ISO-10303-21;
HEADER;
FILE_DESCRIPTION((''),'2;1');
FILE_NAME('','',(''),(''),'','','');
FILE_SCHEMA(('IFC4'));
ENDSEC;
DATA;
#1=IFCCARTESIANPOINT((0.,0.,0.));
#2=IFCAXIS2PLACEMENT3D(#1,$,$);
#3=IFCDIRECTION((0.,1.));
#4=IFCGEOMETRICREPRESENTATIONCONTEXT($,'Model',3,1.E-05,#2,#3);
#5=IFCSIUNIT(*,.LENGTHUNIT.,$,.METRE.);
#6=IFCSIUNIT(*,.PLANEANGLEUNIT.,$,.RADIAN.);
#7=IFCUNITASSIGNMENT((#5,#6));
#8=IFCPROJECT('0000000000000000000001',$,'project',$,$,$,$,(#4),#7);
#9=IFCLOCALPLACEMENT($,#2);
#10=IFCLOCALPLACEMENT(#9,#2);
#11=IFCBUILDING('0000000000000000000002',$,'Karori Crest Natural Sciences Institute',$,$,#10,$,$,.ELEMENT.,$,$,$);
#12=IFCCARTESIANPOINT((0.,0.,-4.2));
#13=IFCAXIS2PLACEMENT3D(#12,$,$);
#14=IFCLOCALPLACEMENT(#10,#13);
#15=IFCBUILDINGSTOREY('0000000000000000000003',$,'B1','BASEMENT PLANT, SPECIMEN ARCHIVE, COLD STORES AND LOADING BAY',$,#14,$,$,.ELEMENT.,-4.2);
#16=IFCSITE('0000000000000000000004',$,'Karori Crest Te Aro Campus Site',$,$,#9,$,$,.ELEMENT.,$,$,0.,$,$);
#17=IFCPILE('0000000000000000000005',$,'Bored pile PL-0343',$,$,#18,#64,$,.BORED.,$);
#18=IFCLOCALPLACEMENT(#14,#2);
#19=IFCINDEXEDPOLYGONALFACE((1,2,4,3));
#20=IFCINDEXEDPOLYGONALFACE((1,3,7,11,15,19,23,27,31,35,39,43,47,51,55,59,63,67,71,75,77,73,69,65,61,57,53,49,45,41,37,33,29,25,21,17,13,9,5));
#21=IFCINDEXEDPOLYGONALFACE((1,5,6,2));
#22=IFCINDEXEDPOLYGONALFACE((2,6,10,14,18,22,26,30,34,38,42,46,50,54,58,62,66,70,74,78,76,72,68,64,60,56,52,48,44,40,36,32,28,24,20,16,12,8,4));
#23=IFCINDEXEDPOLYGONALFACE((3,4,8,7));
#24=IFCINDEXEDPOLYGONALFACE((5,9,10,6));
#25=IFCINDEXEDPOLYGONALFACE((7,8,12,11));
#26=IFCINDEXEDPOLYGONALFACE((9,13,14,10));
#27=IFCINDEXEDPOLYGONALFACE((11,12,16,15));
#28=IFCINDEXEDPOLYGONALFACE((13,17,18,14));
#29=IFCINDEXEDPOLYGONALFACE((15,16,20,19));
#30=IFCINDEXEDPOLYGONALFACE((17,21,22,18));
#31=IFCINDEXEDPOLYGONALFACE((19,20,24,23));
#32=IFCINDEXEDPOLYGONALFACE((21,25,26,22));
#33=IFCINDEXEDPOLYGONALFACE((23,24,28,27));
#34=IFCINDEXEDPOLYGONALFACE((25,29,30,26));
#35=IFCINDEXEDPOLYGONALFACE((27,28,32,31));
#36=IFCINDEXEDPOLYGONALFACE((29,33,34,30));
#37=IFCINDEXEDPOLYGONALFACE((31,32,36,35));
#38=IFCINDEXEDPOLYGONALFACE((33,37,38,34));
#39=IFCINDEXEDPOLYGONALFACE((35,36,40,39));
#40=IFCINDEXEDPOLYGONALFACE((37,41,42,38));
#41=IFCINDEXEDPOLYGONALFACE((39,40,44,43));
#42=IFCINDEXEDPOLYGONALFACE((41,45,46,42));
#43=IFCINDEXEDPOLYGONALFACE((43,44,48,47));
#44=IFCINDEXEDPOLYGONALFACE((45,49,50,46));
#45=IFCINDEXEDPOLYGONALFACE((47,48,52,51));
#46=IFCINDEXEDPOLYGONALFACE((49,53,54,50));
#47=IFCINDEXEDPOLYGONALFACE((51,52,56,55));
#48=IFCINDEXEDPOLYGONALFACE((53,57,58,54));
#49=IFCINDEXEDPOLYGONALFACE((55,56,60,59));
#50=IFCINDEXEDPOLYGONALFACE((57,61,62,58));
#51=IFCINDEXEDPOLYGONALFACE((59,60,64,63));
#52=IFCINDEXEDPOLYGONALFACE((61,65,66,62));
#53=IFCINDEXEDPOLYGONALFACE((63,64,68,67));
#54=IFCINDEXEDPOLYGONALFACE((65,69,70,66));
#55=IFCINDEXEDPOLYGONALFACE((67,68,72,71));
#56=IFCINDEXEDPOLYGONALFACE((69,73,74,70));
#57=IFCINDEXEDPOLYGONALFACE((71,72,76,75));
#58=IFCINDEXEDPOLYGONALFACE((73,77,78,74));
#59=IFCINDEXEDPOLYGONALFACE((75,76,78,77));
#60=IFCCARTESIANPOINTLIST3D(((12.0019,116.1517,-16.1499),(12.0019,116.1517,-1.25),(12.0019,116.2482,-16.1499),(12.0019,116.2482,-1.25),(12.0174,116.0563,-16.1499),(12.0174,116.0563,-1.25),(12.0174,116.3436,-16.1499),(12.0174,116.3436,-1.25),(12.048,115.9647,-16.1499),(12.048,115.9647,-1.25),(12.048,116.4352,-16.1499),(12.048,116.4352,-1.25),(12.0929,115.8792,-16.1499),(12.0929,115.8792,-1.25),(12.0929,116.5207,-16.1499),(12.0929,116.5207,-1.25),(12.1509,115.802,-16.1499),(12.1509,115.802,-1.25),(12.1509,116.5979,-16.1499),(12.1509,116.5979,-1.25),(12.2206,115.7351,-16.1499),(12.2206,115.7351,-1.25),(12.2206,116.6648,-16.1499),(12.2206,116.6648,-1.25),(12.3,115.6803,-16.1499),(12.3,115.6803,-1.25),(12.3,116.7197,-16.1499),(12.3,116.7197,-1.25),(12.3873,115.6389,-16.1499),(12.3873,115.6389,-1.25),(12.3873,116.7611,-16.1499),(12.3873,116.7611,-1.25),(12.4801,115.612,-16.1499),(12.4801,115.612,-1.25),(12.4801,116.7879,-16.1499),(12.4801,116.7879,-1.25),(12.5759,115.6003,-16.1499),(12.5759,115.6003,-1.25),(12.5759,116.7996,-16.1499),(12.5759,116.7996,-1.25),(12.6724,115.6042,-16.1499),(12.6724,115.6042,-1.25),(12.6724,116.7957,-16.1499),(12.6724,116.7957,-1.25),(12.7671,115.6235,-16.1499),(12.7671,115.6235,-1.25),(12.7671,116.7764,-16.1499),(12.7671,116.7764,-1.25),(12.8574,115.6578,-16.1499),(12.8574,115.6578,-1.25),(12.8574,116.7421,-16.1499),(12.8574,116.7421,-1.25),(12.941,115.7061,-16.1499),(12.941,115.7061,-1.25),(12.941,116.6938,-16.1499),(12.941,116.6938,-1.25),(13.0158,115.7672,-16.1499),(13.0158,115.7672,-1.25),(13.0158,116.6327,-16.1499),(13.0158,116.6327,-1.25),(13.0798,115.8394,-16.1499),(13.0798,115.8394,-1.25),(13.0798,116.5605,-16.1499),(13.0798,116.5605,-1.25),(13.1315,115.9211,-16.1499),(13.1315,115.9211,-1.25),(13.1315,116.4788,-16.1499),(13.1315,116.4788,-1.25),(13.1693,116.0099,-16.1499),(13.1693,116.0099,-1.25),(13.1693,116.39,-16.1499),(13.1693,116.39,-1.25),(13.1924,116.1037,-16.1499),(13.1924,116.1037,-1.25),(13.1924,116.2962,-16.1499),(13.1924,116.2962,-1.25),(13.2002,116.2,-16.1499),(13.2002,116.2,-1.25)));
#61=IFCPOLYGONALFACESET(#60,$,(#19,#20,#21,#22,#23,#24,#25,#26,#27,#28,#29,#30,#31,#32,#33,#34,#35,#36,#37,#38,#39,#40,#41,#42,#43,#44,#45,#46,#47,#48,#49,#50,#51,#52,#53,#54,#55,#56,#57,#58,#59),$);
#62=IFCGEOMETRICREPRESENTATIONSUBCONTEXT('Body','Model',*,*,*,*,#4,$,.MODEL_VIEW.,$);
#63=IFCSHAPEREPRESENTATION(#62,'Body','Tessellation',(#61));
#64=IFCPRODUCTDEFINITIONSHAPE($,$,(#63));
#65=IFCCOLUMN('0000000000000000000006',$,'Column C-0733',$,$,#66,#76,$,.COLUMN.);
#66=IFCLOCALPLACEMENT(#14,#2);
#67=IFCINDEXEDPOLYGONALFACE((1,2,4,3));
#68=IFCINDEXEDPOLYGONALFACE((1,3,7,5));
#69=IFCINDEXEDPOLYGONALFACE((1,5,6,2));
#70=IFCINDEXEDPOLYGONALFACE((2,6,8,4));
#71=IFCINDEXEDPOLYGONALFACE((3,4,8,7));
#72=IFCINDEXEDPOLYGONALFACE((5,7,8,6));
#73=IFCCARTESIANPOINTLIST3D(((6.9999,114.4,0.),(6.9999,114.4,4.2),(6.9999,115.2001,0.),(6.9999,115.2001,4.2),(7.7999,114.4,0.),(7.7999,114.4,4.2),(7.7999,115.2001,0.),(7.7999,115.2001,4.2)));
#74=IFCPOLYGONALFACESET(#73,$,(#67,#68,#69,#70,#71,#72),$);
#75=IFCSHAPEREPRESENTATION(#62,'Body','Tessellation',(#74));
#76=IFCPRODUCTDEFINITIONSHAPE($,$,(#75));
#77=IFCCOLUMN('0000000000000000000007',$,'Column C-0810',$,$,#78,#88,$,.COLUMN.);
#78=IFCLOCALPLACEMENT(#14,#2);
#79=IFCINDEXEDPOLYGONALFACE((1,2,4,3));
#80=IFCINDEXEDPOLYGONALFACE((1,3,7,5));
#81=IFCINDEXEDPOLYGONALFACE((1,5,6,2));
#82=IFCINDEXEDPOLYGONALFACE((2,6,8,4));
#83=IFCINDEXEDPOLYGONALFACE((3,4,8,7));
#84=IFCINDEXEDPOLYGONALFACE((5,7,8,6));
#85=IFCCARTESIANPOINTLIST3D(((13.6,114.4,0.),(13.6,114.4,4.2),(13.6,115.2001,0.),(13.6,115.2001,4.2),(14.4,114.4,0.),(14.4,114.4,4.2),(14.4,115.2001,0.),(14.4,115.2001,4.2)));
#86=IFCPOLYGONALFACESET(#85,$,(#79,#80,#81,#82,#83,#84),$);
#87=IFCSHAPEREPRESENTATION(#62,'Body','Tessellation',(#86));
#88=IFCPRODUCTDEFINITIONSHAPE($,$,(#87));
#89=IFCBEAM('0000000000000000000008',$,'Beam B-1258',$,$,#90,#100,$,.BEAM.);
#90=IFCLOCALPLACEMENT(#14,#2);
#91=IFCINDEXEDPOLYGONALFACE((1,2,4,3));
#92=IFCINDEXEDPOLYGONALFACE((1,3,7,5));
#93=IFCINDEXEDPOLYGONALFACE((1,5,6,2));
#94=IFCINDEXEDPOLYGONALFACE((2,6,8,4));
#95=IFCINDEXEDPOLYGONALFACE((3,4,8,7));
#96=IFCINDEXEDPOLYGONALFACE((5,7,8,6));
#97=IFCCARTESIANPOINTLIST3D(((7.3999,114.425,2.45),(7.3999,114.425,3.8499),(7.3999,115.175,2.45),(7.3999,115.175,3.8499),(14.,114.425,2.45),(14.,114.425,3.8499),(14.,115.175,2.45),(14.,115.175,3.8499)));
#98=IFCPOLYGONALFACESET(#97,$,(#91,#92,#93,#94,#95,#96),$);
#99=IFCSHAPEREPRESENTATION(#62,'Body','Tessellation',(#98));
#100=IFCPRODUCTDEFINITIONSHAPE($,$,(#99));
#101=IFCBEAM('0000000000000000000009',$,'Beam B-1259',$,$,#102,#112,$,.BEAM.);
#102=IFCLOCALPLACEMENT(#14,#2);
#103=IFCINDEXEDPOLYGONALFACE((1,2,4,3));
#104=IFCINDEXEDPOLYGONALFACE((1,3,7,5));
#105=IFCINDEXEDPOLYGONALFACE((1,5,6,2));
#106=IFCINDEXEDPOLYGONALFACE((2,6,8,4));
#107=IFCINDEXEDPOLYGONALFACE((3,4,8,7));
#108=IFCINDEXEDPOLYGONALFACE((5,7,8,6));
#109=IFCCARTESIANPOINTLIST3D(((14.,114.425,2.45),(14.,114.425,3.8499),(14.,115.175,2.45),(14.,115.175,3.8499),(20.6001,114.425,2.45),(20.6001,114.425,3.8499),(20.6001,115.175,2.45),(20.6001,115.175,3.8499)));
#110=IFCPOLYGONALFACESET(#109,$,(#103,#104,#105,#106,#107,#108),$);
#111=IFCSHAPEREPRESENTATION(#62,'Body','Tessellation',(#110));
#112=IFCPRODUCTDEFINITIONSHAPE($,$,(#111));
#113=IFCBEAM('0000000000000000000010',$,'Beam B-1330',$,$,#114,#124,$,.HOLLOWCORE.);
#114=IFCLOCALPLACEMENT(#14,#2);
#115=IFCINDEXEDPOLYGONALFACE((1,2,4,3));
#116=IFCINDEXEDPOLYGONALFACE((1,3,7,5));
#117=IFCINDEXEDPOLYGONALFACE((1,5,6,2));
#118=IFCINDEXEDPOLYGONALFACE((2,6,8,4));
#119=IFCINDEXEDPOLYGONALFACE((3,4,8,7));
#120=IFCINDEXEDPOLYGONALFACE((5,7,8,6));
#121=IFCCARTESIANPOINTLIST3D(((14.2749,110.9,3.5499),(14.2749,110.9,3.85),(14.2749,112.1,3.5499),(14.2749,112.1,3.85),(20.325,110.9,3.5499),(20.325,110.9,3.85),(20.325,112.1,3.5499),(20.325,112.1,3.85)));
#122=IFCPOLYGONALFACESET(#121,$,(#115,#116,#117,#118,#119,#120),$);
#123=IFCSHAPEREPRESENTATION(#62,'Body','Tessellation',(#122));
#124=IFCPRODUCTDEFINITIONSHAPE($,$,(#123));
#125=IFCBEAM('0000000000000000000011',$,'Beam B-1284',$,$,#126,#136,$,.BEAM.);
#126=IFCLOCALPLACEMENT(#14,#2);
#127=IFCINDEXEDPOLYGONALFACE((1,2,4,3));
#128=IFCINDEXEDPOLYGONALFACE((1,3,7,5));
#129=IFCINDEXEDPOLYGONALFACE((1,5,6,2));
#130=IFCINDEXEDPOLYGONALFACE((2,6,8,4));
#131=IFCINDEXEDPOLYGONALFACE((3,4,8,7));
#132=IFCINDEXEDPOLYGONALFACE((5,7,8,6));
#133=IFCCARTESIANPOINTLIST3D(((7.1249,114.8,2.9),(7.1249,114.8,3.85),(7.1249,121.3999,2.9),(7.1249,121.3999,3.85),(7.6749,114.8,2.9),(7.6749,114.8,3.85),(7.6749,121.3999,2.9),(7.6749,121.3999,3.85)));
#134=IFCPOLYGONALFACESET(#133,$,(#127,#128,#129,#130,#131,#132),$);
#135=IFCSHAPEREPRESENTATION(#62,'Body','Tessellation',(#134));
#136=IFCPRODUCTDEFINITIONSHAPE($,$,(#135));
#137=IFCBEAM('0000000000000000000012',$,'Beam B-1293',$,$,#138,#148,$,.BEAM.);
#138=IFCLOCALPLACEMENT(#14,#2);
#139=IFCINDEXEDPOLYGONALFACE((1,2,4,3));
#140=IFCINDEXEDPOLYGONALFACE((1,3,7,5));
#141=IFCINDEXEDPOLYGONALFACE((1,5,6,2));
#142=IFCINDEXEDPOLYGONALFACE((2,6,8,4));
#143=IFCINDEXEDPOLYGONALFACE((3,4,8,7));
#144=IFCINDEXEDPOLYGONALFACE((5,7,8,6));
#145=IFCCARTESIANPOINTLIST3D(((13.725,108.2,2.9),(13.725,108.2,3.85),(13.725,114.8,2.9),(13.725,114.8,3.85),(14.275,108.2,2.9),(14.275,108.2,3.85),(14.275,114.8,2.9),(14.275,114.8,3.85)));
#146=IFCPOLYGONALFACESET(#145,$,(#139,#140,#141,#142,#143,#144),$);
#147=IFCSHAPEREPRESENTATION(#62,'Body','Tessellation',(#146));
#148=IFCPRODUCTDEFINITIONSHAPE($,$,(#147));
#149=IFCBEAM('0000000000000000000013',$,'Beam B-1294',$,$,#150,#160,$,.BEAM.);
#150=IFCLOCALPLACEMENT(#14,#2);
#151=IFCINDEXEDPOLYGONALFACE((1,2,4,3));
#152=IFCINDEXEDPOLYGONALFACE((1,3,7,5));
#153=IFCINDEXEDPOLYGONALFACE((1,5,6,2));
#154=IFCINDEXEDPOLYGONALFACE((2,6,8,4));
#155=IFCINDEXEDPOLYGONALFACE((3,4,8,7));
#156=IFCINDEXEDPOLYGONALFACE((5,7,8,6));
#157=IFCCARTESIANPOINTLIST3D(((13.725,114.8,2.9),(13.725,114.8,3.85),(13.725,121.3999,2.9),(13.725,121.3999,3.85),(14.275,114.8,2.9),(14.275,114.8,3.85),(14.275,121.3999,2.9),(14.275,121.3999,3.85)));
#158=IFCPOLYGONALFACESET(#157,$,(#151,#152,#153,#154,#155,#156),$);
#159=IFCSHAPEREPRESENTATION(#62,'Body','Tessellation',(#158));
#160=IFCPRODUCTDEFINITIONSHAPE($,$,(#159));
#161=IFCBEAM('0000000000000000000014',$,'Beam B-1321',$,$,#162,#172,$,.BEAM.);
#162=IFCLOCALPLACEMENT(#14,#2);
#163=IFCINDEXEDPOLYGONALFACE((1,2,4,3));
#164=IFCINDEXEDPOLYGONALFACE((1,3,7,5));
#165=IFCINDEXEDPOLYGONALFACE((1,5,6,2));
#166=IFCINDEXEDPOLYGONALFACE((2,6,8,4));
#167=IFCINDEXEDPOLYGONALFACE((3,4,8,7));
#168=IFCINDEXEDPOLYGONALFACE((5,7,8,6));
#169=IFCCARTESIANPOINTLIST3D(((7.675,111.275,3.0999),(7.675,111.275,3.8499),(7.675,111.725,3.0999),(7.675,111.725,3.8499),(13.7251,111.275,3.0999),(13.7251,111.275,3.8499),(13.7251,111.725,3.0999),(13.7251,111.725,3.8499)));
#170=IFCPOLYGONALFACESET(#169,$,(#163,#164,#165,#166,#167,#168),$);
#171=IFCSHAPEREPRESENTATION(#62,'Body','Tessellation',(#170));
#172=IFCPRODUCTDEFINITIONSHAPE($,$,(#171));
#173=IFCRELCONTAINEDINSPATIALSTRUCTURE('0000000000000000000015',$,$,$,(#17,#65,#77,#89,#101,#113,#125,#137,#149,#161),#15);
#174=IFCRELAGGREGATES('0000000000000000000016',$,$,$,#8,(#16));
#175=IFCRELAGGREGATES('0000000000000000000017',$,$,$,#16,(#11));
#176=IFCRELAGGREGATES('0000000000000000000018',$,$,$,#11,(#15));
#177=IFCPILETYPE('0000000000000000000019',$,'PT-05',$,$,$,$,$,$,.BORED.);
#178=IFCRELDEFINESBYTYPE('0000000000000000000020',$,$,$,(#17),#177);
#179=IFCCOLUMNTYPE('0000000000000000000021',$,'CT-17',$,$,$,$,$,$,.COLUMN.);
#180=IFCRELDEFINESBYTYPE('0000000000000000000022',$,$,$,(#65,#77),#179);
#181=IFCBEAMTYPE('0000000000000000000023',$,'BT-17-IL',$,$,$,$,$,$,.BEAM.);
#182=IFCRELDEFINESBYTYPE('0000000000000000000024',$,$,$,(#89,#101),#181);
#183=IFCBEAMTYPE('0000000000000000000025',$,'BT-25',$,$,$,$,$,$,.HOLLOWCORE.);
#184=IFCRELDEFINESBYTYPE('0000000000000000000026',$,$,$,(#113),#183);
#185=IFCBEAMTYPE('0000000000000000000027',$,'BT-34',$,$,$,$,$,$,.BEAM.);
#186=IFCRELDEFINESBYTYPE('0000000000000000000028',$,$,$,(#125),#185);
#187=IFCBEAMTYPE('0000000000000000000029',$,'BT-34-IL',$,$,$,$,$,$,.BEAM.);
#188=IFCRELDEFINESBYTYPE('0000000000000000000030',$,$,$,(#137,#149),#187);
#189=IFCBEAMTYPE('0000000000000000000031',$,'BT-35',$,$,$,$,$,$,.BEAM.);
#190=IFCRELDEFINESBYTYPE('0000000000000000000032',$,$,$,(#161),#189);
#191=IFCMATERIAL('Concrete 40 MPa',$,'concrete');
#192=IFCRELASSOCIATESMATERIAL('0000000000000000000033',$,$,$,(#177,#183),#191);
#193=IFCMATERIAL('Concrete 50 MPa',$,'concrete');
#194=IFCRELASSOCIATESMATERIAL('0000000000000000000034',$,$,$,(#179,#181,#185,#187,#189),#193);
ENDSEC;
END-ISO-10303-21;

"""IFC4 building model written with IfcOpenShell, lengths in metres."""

from ifc_helpers import new_model, si_unit, direction, frame, origin, origin_2d, place, context, subcontext, project, spatial, rectangle, circle, extrude, material, material_profile, profile_set, type_object, element, save


model = new_model("IFC4")

# Units and contexts
model_context = context("Model", 3, precision=1e-05, world=origin(), true_north=direction((0.0, 1.0)))
body_context = subcontext(model_context, "Body", "Model", "MODEL_VIEW")
ifc_project = project(units=[si_unit("LENGTHUNIT", "METRE"), si_unit("PLANEANGLEUNIT", "RADIAN")], contexts=[model_context])

# Site, building, storey
site_placement = place(None, origin())
site = spatial("IfcSite", under=ifc_project, at=site_placement, Name="Karori Crest Te Aro Campus Site", CompositionType="ELEMENT", RefElevation=0.0)
building_placement = place(site_placement, origin())
building = spatial("IfcBuilding", under=site, at=building_placement, Name="Karori Crest Natural Sciences Institute", CompositionType="ELEMENT")
storey_placement = place(building_placement, frame((0.0, 0.0, -4.2)))
storey = spatial("IfcBuildingStorey", under=building, at=storey_placement, Name="B1", Description="BASEMENT PLANT, SPECIMEN ARCHIVE, COLD STORES AND LOADING BAY", CompositionType="ELEMENT", Elevation=-4.2)

# Shared definitions
ifc_material_1 = material(Name="Concrete 40 MPa", Category="concrete")

# Pile
ifc_material_profile_1 = material_profile(ifc_material_1, circle(Radius=0.6001, at=origin_2d()), Name="PILE1200")
ifc_profile_set_1 = profile_set([ifc_material_profile_1], Name="Concrete 40 MPa")
pile_type = type_object("IfcPileType", Name="PT-05", PredefinedType="BORED", material=ifc_profile_set_1)
for number, where, z_axis, x_axis, name in (
    (1, (12.6001, 116.2, -1.25), (0.0, 0.0, -1.0), (1.0, 0.0, 0.0), "Bored pile PL-0343"),
):
    element("IfcPile", number, at=place(storey_placement, frame(where, z_axis=z_axis, x_axis=x_axis)), inside=storey, type_object=pile_type, Name=name, PredefinedType="BORED", context=body_context, shape_type="SweptSolid", body=[
        extrude(circle(Radius=0.6001, at=origin_2d()), origin(), (0.0, 0.0, 1.0), 14.8999),
    ])

# Columns
ifc_material_2 = material(Name="Concrete 50 MPa", Category="concrete")
ifc_material_profile_2 = material_profile(ifc_material_2, rectangle(XDim=0.8, YDim=0.8, at=origin_2d()), Name="RC800x800")
ifc_profile_set_2 = profile_set([ifc_material_profile_2], Name="Concrete 50 MPa")
column_type = type_object("IfcColumnType", Name="CT-17", PredefinedType="COLUMN", material=ifc_profile_set_2)
for number, where, z_axis, x_axis, name in (
    (2, (7.3999, 114.8, 0.0), (0.0, 0.0, 1.0), (1.0, 0.0, 0.0), "Column C-0733"),
    (3, (14.0, 114.8, 0.0), (0.0, 0.0, 1.0), (1.0, 0.0, 0.0), "Column C-0810"),
):
    element("IfcColumn", number, at=place(storey_placement, frame(where, z_axis=z_axis, x_axis=x_axis)), inside=storey, type_object=column_type, Name=name, PredefinedType="COLUMN", context=body_context, shape_type="SweptSolid", body=[
        extrude(rectangle(XDim=0.8, YDim=0.8, at=origin_2d()), origin(), (0.0, 0.0, 1.0), 4.2),
    ])

# Beams
ifc_material_profile_3 = material_profile(ifc_material_2, rectangle(XDim=0.75, YDim=1.3999, at=origin_2d()), Name="RCB750x1400")
ifc_profile_set_3 = profile_set([ifc_material_profile_3], Name="Concrete 50 MPa")
beam_type_1 = type_object("IfcBeamType", Name="BT-17-IL", PredefinedType="BEAM", material=ifc_profile_set_3)
for number, where, z_axis, x_axis, name in (
    (4, (7.3999, 114.8, 3.1499), (1.0, 0.0, 0.0), (0.0, 1.0, 0.0), "Beam B-1258"),
    (5, (14.0, 114.8, 3.1499), (1.0, 0.0, 0.0), (0.0, 1.0, 0.0), "Beam B-1259"),
):
    element("IfcBeam", number, at=place(storey_placement, frame(where, z_axis=z_axis, x_axis=x_axis)), inside=storey, type_object=beam_type_1, Name=name, PredefinedType="BEAM", context=body_context, shape_type="SweptSolid", body=[
        extrude(rectangle(XDim=0.75, YDim=1.3999, at=origin_2d()), origin(), (0.0, 0.0, 1.0), 6.6001),
    ])
ifc_material_profile_4 = material_profile(ifc_material_1, rectangle(XDim=1.2, YDim=0.3, at=origin_2d()), Name="HCP1200x300")
ifc_profile_set_4 = profile_set([ifc_material_profile_4], Name="Concrete 40 MPa")
beam_type_2 = type_object("IfcBeamType", Name="BT-25", PredefinedType="HOLLOWCORE", material=ifc_profile_set_4)
beam_1_placement = place(storey_placement, frame((14.2749, 111.5, 3.7), z_axis=(1.0, 0.0, 0.0), x_axis=(0.0, 1.0, 0.0)))
element("IfcBeam", 6, at=beam_1_placement, inside=storey, type_object=beam_type_2, Name="Beam B-1330", PredefinedType="HOLLOWCORE", context=body_context, shape_type="SweptSolid", body=[
    extrude(rectangle(XDim=1.2, YDim=0.3, at=origin_2d()), origin(), (0.0, 0.0, 1.0), 6.05),
])
ifc_material_profile_5 = material_profile(ifc_material_2, rectangle(XDim=0.55, YDim=0.95, at=origin_2d()), Name="RCB550x950")
ifc_profile_set_5 = profile_set([ifc_material_profile_5], Name="Concrete 50 MPa")
beam_type_3 = type_object("IfcBeamType", Name="BT-34", PredefinedType="BEAM", material=ifc_profile_set_5)
beam_2_placement = place(storey_placement, frame((7.3999, 114.8, 3.375), z_axis=(0.0, 1.0, 0.0), x_axis=(-1.0, 0.0, 0.0)))
element("IfcBeam", 7, at=beam_2_placement, inside=storey, type_object=beam_type_3, Name="Beam B-1284", PredefinedType="BEAM", context=body_context, shape_type="SweptSolid", body=[
    extrude(rectangle(XDim=0.55, YDim=0.95, at=origin_2d()), origin(), (0.0, 0.0, 1.0), 6.5999),
])
ifc_material_profile_6 = material_profile(ifc_material_2, rectangle(XDim=0.55, YDim=0.95, at=origin_2d()), Name="RCB550x950")
ifc_profile_set_6 = profile_set([ifc_material_profile_6], Name="Concrete 50 MPa")
beam_type_4 = type_object("IfcBeamType", Name="BT-34-IL", PredefinedType="BEAM", material=ifc_profile_set_6)
beam_3_placement = place(storey_placement, frame((14.0, 108.2, 3.375), z_axis=(0.0, 1.0, 0.0), x_axis=(-1.0, 0.0, 0.0)))
element("IfcBeam", 8, at=beam_3_placement, inside=storey, type_object=beam_type_4, Name="Beam B-1293", PredefinedType="BEAM", context=body_context, shape_type="SweptSolid", body=[
    extrude(rectangle(XDim=0.55, YDim=0.95, at=origin_2d()), origin(), (0.0, 0.0, 1.0), 6.6001),
])
beam_4_placement = place(storey_placement, frame((14.0, 114.8, 3.375), z_axis=(0.0, 1.0, 0.0), x_axis=(-1.0, 0.0, 0.0)))
element("IfcBeam", 9, at=beam_4_placement, inside=storey, type_object=beam_type_4, Name="Beam B-1294", PredefinedType="BEAM", context=body_context, shape_type="SweptSolid", body=[
    extrude(rectangle(XDim=0.55, YDim=0.95, at=origin_2d()), origin(), (0.0, 0.0, 1.0), 6.5999),
])
ifc_material_profile_7 = material_profile(ifc_material_2, rectangle(XDim=0.45, YDim=0.75, at=origin_2d()), Name="RCB450x750")
ifc_profile_set_7 = profile_set([ifc_material_profile_7], Name="Concrete 50 MPa")
beam_type_5 = type_object("IfcBeamType", Name="BT-35", PredefinedType="BEAM", material=ifc_profile_set_7)
beam_5_placement = place(storey_placement, frame((7.675, 111.5, 3.4749), z_axis=(1.0, 0.0, 0.0), x_axis=(0.0, 1.0, 0.0)))
element("IfcBeam", 10, at=beam_5_placement, inside=storey, type_object=beam_type_5, Name="Beam B-1321", PredefinedType="BEAM", context=body_context, shape_type="SweptSolid", body=[
    extrude(rectangle(XDim=0.45, YDim=0.75, at=origin_2d()), origin(), (0.0, 0.0, 1.0), 6.05),
])

save(model, "model.ifc")
